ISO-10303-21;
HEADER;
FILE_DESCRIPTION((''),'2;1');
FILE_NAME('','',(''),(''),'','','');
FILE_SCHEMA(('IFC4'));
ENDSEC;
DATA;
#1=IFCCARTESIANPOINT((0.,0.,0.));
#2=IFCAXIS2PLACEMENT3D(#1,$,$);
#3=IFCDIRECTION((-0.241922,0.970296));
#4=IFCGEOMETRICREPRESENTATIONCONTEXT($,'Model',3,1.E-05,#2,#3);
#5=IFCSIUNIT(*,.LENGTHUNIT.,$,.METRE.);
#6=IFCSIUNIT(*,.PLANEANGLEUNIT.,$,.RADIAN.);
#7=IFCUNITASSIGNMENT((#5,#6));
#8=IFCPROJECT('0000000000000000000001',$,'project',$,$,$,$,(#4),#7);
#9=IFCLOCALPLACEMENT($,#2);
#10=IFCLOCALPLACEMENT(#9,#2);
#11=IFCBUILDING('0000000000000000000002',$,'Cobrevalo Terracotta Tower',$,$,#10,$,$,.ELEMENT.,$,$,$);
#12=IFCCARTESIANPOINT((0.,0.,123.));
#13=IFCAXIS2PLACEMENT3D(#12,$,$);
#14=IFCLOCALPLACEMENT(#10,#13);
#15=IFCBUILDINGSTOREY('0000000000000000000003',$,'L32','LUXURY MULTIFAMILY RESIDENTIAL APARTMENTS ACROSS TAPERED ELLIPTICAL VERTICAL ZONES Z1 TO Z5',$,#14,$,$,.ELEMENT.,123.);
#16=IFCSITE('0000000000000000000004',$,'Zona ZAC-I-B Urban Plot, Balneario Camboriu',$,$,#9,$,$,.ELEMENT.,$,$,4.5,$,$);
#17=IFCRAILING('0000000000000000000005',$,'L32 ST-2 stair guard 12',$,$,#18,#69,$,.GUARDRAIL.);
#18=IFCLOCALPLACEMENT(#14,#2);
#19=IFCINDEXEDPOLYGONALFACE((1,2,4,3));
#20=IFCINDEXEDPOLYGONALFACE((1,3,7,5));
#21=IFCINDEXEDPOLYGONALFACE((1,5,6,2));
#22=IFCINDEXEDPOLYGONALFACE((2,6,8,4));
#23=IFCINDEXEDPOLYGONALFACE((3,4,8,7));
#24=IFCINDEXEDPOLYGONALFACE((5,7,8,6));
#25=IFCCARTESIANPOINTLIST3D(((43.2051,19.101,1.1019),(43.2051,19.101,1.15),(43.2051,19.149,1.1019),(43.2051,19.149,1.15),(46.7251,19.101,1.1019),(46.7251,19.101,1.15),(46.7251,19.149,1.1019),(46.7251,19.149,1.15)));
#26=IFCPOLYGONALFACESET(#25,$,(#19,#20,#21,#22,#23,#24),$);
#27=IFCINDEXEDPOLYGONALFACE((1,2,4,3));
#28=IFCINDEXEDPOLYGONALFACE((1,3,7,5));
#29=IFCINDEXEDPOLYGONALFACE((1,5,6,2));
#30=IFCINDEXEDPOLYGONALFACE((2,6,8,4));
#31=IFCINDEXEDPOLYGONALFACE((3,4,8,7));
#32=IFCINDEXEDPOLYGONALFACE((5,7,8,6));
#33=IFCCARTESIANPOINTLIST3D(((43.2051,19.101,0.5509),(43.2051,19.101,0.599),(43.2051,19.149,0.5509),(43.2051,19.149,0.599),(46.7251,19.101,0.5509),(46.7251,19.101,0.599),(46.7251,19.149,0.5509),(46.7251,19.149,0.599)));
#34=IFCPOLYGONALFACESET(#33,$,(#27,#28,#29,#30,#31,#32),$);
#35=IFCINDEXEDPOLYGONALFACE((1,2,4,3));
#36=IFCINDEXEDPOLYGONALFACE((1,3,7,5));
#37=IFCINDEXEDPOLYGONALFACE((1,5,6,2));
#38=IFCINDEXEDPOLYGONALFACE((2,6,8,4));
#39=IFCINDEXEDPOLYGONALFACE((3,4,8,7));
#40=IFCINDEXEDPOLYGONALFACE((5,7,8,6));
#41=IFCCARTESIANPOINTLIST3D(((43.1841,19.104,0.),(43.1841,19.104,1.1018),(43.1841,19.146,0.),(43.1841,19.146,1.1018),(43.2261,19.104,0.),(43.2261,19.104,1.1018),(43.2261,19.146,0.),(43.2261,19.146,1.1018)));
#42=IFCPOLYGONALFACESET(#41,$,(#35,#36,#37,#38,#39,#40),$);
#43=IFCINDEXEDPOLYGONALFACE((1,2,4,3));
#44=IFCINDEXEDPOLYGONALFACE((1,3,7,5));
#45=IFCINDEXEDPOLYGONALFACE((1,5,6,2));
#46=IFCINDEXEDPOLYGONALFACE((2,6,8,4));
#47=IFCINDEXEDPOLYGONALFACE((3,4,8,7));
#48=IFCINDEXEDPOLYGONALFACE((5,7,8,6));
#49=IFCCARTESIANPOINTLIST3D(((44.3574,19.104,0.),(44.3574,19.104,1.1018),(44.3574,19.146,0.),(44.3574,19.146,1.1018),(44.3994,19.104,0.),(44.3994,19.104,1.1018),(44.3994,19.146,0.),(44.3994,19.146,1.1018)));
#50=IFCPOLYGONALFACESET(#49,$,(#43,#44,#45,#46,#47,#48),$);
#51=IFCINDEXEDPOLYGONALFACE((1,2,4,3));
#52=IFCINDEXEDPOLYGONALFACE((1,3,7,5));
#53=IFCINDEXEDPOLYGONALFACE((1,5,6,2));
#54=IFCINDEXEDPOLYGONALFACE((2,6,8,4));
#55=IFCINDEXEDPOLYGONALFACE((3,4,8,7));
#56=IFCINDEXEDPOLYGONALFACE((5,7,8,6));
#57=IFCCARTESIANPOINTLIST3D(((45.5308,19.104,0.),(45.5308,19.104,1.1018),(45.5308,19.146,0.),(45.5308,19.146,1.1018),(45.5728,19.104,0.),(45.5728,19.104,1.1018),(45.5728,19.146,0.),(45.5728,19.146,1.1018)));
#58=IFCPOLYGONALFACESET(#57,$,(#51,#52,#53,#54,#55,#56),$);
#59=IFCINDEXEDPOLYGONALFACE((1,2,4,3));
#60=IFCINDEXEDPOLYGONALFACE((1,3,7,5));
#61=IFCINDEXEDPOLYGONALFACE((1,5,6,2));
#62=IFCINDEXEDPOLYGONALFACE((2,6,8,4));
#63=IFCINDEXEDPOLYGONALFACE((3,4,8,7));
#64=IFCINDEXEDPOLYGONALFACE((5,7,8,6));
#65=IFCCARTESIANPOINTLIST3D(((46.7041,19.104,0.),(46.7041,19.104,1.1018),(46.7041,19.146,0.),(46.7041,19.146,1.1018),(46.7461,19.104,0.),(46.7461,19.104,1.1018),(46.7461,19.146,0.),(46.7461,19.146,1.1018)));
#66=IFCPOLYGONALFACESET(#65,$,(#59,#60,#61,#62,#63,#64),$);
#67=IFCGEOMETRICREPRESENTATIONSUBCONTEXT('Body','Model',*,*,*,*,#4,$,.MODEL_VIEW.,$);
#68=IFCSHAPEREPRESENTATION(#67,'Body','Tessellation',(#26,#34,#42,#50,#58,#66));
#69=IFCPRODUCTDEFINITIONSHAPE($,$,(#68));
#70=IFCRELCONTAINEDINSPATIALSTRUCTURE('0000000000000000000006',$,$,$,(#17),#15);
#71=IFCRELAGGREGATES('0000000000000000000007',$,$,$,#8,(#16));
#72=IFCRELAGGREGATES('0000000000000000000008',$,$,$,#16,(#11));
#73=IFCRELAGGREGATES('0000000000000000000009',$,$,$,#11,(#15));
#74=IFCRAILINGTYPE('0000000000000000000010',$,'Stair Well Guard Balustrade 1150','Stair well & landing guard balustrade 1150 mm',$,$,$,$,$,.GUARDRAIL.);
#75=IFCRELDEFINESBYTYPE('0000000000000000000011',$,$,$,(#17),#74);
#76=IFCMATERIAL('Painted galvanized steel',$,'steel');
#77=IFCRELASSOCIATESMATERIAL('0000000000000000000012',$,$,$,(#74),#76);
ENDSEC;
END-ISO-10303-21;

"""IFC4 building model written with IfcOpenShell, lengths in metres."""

from ifc_helpers import new_model, si_unit, direction, frame, origin, origin_2d, place, context, subcontext, project, spatial, rectangle, extrude, material, type_object, element, save


model = new_model("IFC4")

# Units and contexts
model_context = context("Model", 3, precision=1e-05, world=origin(), true_north=direction((-0.241922, 0.970296)))
body_context = subcontext(model_context, "Body", "Model", "MODEL_VIEW")
ifc_project = project(units=[si_unit("LENGTHUNIT", "METRE"), si_unit("PLANEANGLEUNIT", "RADIAN")], contexts=[model_context])

# Site, building, storey
site_placement = place(None, origin())
site = spatial("IfcSite", under=ifc_project, at=site_placement, Name="Zona ZAC-I-B Urban Plot, Balneario Camboriu", CompositionType="ELEMENT", RefElevation=4.5)
building_placement = place(site_placement, origin())
building = spatial("IfcBuilding", under=site, at=building_placement, Name="Cobrevalo Terracotta Tower", CompositionType="ELEMENT")
storey_placement = place(building_placement, frame((0.0, 0.0, 123.0)))
storey = spatial("IfcBuildingStorey", under=building, at=storey_placement, Name="L32", Description="LUXURY MULTIFAMILY RESIDENTIAL APARTMENTS ACROSS TAPERED ELLIPTICAL VERTICAL ZONES Z1 TO Z5", CompositionType="ELEMENT", Elevation=123.0)

# Railing
ifc_material_1 = material(Name="Painted galvanized steel", Category="steel")
railing_type_1 = type_object("IfcRailingType", Name="Stair Well Guard Balustrade 1150", Description="Stair well & landing guard balustrade 1150 mm", PredefinedType="GUARDRAIL", material=ifc_material_1)
railing_1_placement = place(storey_placement, frame((43.2051, 19.125, 0.0)))
element("IfcRailing", 1, at=railing_1_placement, inside=storey, type_object=railing_type_1, Name="L32 ST-2 stair guard 12", PredefinedType="GUARDRAIL", context=body_context, shape_type="SweptSolid", body=[
    extrude(rectangle(XDim=0.0481, YDim=0.0481, at=origin_2d()), frame((0.0, 0.0, 1.126), z_axis=(1.0, 0.0, 0.0), x_axis=(0.0, 1.0, 0.0)), (0.0, 0.0, 1.0), 3.52),
    extrude(rectangle(XDim=0.0481, YDim=0.0481, at=origin_2d()), frame((0.0, 0.0, 0.575), z_axis=(1.0, 0.0, 0.0), x_axis=(0.0, 1.0, 0.0)), (0.0, 0.0, 1.0), 3.52),
    extrude(rectangle(XDim=0.042, YDim=0.042, at=origin_2d()), origin(), (0.0, 0.0, 1.0), 1.1018),
    extrude(rectangle(XDim=0.042, YDim=0.042, at=origin_2d()), frame((1.1733, 0.0, 0.0)), (0.0, 0.0, 1.0), 1.1018),
    extrude(rectangle(XDim=0.042, YDim=0.042, at=origin_2d()), frame((2.3467, 0.0, 0.0)), (0.0, 0.0, 1.0), 1.1018),
    extrude(rectangle(XDim=0.042, YDim=0.042, at=origin_2d()), frame((3.52, 0.0, 0.0)), (0.0, 0.0, 1.0), 1.1018),
])

save(model, "model.ifc")
